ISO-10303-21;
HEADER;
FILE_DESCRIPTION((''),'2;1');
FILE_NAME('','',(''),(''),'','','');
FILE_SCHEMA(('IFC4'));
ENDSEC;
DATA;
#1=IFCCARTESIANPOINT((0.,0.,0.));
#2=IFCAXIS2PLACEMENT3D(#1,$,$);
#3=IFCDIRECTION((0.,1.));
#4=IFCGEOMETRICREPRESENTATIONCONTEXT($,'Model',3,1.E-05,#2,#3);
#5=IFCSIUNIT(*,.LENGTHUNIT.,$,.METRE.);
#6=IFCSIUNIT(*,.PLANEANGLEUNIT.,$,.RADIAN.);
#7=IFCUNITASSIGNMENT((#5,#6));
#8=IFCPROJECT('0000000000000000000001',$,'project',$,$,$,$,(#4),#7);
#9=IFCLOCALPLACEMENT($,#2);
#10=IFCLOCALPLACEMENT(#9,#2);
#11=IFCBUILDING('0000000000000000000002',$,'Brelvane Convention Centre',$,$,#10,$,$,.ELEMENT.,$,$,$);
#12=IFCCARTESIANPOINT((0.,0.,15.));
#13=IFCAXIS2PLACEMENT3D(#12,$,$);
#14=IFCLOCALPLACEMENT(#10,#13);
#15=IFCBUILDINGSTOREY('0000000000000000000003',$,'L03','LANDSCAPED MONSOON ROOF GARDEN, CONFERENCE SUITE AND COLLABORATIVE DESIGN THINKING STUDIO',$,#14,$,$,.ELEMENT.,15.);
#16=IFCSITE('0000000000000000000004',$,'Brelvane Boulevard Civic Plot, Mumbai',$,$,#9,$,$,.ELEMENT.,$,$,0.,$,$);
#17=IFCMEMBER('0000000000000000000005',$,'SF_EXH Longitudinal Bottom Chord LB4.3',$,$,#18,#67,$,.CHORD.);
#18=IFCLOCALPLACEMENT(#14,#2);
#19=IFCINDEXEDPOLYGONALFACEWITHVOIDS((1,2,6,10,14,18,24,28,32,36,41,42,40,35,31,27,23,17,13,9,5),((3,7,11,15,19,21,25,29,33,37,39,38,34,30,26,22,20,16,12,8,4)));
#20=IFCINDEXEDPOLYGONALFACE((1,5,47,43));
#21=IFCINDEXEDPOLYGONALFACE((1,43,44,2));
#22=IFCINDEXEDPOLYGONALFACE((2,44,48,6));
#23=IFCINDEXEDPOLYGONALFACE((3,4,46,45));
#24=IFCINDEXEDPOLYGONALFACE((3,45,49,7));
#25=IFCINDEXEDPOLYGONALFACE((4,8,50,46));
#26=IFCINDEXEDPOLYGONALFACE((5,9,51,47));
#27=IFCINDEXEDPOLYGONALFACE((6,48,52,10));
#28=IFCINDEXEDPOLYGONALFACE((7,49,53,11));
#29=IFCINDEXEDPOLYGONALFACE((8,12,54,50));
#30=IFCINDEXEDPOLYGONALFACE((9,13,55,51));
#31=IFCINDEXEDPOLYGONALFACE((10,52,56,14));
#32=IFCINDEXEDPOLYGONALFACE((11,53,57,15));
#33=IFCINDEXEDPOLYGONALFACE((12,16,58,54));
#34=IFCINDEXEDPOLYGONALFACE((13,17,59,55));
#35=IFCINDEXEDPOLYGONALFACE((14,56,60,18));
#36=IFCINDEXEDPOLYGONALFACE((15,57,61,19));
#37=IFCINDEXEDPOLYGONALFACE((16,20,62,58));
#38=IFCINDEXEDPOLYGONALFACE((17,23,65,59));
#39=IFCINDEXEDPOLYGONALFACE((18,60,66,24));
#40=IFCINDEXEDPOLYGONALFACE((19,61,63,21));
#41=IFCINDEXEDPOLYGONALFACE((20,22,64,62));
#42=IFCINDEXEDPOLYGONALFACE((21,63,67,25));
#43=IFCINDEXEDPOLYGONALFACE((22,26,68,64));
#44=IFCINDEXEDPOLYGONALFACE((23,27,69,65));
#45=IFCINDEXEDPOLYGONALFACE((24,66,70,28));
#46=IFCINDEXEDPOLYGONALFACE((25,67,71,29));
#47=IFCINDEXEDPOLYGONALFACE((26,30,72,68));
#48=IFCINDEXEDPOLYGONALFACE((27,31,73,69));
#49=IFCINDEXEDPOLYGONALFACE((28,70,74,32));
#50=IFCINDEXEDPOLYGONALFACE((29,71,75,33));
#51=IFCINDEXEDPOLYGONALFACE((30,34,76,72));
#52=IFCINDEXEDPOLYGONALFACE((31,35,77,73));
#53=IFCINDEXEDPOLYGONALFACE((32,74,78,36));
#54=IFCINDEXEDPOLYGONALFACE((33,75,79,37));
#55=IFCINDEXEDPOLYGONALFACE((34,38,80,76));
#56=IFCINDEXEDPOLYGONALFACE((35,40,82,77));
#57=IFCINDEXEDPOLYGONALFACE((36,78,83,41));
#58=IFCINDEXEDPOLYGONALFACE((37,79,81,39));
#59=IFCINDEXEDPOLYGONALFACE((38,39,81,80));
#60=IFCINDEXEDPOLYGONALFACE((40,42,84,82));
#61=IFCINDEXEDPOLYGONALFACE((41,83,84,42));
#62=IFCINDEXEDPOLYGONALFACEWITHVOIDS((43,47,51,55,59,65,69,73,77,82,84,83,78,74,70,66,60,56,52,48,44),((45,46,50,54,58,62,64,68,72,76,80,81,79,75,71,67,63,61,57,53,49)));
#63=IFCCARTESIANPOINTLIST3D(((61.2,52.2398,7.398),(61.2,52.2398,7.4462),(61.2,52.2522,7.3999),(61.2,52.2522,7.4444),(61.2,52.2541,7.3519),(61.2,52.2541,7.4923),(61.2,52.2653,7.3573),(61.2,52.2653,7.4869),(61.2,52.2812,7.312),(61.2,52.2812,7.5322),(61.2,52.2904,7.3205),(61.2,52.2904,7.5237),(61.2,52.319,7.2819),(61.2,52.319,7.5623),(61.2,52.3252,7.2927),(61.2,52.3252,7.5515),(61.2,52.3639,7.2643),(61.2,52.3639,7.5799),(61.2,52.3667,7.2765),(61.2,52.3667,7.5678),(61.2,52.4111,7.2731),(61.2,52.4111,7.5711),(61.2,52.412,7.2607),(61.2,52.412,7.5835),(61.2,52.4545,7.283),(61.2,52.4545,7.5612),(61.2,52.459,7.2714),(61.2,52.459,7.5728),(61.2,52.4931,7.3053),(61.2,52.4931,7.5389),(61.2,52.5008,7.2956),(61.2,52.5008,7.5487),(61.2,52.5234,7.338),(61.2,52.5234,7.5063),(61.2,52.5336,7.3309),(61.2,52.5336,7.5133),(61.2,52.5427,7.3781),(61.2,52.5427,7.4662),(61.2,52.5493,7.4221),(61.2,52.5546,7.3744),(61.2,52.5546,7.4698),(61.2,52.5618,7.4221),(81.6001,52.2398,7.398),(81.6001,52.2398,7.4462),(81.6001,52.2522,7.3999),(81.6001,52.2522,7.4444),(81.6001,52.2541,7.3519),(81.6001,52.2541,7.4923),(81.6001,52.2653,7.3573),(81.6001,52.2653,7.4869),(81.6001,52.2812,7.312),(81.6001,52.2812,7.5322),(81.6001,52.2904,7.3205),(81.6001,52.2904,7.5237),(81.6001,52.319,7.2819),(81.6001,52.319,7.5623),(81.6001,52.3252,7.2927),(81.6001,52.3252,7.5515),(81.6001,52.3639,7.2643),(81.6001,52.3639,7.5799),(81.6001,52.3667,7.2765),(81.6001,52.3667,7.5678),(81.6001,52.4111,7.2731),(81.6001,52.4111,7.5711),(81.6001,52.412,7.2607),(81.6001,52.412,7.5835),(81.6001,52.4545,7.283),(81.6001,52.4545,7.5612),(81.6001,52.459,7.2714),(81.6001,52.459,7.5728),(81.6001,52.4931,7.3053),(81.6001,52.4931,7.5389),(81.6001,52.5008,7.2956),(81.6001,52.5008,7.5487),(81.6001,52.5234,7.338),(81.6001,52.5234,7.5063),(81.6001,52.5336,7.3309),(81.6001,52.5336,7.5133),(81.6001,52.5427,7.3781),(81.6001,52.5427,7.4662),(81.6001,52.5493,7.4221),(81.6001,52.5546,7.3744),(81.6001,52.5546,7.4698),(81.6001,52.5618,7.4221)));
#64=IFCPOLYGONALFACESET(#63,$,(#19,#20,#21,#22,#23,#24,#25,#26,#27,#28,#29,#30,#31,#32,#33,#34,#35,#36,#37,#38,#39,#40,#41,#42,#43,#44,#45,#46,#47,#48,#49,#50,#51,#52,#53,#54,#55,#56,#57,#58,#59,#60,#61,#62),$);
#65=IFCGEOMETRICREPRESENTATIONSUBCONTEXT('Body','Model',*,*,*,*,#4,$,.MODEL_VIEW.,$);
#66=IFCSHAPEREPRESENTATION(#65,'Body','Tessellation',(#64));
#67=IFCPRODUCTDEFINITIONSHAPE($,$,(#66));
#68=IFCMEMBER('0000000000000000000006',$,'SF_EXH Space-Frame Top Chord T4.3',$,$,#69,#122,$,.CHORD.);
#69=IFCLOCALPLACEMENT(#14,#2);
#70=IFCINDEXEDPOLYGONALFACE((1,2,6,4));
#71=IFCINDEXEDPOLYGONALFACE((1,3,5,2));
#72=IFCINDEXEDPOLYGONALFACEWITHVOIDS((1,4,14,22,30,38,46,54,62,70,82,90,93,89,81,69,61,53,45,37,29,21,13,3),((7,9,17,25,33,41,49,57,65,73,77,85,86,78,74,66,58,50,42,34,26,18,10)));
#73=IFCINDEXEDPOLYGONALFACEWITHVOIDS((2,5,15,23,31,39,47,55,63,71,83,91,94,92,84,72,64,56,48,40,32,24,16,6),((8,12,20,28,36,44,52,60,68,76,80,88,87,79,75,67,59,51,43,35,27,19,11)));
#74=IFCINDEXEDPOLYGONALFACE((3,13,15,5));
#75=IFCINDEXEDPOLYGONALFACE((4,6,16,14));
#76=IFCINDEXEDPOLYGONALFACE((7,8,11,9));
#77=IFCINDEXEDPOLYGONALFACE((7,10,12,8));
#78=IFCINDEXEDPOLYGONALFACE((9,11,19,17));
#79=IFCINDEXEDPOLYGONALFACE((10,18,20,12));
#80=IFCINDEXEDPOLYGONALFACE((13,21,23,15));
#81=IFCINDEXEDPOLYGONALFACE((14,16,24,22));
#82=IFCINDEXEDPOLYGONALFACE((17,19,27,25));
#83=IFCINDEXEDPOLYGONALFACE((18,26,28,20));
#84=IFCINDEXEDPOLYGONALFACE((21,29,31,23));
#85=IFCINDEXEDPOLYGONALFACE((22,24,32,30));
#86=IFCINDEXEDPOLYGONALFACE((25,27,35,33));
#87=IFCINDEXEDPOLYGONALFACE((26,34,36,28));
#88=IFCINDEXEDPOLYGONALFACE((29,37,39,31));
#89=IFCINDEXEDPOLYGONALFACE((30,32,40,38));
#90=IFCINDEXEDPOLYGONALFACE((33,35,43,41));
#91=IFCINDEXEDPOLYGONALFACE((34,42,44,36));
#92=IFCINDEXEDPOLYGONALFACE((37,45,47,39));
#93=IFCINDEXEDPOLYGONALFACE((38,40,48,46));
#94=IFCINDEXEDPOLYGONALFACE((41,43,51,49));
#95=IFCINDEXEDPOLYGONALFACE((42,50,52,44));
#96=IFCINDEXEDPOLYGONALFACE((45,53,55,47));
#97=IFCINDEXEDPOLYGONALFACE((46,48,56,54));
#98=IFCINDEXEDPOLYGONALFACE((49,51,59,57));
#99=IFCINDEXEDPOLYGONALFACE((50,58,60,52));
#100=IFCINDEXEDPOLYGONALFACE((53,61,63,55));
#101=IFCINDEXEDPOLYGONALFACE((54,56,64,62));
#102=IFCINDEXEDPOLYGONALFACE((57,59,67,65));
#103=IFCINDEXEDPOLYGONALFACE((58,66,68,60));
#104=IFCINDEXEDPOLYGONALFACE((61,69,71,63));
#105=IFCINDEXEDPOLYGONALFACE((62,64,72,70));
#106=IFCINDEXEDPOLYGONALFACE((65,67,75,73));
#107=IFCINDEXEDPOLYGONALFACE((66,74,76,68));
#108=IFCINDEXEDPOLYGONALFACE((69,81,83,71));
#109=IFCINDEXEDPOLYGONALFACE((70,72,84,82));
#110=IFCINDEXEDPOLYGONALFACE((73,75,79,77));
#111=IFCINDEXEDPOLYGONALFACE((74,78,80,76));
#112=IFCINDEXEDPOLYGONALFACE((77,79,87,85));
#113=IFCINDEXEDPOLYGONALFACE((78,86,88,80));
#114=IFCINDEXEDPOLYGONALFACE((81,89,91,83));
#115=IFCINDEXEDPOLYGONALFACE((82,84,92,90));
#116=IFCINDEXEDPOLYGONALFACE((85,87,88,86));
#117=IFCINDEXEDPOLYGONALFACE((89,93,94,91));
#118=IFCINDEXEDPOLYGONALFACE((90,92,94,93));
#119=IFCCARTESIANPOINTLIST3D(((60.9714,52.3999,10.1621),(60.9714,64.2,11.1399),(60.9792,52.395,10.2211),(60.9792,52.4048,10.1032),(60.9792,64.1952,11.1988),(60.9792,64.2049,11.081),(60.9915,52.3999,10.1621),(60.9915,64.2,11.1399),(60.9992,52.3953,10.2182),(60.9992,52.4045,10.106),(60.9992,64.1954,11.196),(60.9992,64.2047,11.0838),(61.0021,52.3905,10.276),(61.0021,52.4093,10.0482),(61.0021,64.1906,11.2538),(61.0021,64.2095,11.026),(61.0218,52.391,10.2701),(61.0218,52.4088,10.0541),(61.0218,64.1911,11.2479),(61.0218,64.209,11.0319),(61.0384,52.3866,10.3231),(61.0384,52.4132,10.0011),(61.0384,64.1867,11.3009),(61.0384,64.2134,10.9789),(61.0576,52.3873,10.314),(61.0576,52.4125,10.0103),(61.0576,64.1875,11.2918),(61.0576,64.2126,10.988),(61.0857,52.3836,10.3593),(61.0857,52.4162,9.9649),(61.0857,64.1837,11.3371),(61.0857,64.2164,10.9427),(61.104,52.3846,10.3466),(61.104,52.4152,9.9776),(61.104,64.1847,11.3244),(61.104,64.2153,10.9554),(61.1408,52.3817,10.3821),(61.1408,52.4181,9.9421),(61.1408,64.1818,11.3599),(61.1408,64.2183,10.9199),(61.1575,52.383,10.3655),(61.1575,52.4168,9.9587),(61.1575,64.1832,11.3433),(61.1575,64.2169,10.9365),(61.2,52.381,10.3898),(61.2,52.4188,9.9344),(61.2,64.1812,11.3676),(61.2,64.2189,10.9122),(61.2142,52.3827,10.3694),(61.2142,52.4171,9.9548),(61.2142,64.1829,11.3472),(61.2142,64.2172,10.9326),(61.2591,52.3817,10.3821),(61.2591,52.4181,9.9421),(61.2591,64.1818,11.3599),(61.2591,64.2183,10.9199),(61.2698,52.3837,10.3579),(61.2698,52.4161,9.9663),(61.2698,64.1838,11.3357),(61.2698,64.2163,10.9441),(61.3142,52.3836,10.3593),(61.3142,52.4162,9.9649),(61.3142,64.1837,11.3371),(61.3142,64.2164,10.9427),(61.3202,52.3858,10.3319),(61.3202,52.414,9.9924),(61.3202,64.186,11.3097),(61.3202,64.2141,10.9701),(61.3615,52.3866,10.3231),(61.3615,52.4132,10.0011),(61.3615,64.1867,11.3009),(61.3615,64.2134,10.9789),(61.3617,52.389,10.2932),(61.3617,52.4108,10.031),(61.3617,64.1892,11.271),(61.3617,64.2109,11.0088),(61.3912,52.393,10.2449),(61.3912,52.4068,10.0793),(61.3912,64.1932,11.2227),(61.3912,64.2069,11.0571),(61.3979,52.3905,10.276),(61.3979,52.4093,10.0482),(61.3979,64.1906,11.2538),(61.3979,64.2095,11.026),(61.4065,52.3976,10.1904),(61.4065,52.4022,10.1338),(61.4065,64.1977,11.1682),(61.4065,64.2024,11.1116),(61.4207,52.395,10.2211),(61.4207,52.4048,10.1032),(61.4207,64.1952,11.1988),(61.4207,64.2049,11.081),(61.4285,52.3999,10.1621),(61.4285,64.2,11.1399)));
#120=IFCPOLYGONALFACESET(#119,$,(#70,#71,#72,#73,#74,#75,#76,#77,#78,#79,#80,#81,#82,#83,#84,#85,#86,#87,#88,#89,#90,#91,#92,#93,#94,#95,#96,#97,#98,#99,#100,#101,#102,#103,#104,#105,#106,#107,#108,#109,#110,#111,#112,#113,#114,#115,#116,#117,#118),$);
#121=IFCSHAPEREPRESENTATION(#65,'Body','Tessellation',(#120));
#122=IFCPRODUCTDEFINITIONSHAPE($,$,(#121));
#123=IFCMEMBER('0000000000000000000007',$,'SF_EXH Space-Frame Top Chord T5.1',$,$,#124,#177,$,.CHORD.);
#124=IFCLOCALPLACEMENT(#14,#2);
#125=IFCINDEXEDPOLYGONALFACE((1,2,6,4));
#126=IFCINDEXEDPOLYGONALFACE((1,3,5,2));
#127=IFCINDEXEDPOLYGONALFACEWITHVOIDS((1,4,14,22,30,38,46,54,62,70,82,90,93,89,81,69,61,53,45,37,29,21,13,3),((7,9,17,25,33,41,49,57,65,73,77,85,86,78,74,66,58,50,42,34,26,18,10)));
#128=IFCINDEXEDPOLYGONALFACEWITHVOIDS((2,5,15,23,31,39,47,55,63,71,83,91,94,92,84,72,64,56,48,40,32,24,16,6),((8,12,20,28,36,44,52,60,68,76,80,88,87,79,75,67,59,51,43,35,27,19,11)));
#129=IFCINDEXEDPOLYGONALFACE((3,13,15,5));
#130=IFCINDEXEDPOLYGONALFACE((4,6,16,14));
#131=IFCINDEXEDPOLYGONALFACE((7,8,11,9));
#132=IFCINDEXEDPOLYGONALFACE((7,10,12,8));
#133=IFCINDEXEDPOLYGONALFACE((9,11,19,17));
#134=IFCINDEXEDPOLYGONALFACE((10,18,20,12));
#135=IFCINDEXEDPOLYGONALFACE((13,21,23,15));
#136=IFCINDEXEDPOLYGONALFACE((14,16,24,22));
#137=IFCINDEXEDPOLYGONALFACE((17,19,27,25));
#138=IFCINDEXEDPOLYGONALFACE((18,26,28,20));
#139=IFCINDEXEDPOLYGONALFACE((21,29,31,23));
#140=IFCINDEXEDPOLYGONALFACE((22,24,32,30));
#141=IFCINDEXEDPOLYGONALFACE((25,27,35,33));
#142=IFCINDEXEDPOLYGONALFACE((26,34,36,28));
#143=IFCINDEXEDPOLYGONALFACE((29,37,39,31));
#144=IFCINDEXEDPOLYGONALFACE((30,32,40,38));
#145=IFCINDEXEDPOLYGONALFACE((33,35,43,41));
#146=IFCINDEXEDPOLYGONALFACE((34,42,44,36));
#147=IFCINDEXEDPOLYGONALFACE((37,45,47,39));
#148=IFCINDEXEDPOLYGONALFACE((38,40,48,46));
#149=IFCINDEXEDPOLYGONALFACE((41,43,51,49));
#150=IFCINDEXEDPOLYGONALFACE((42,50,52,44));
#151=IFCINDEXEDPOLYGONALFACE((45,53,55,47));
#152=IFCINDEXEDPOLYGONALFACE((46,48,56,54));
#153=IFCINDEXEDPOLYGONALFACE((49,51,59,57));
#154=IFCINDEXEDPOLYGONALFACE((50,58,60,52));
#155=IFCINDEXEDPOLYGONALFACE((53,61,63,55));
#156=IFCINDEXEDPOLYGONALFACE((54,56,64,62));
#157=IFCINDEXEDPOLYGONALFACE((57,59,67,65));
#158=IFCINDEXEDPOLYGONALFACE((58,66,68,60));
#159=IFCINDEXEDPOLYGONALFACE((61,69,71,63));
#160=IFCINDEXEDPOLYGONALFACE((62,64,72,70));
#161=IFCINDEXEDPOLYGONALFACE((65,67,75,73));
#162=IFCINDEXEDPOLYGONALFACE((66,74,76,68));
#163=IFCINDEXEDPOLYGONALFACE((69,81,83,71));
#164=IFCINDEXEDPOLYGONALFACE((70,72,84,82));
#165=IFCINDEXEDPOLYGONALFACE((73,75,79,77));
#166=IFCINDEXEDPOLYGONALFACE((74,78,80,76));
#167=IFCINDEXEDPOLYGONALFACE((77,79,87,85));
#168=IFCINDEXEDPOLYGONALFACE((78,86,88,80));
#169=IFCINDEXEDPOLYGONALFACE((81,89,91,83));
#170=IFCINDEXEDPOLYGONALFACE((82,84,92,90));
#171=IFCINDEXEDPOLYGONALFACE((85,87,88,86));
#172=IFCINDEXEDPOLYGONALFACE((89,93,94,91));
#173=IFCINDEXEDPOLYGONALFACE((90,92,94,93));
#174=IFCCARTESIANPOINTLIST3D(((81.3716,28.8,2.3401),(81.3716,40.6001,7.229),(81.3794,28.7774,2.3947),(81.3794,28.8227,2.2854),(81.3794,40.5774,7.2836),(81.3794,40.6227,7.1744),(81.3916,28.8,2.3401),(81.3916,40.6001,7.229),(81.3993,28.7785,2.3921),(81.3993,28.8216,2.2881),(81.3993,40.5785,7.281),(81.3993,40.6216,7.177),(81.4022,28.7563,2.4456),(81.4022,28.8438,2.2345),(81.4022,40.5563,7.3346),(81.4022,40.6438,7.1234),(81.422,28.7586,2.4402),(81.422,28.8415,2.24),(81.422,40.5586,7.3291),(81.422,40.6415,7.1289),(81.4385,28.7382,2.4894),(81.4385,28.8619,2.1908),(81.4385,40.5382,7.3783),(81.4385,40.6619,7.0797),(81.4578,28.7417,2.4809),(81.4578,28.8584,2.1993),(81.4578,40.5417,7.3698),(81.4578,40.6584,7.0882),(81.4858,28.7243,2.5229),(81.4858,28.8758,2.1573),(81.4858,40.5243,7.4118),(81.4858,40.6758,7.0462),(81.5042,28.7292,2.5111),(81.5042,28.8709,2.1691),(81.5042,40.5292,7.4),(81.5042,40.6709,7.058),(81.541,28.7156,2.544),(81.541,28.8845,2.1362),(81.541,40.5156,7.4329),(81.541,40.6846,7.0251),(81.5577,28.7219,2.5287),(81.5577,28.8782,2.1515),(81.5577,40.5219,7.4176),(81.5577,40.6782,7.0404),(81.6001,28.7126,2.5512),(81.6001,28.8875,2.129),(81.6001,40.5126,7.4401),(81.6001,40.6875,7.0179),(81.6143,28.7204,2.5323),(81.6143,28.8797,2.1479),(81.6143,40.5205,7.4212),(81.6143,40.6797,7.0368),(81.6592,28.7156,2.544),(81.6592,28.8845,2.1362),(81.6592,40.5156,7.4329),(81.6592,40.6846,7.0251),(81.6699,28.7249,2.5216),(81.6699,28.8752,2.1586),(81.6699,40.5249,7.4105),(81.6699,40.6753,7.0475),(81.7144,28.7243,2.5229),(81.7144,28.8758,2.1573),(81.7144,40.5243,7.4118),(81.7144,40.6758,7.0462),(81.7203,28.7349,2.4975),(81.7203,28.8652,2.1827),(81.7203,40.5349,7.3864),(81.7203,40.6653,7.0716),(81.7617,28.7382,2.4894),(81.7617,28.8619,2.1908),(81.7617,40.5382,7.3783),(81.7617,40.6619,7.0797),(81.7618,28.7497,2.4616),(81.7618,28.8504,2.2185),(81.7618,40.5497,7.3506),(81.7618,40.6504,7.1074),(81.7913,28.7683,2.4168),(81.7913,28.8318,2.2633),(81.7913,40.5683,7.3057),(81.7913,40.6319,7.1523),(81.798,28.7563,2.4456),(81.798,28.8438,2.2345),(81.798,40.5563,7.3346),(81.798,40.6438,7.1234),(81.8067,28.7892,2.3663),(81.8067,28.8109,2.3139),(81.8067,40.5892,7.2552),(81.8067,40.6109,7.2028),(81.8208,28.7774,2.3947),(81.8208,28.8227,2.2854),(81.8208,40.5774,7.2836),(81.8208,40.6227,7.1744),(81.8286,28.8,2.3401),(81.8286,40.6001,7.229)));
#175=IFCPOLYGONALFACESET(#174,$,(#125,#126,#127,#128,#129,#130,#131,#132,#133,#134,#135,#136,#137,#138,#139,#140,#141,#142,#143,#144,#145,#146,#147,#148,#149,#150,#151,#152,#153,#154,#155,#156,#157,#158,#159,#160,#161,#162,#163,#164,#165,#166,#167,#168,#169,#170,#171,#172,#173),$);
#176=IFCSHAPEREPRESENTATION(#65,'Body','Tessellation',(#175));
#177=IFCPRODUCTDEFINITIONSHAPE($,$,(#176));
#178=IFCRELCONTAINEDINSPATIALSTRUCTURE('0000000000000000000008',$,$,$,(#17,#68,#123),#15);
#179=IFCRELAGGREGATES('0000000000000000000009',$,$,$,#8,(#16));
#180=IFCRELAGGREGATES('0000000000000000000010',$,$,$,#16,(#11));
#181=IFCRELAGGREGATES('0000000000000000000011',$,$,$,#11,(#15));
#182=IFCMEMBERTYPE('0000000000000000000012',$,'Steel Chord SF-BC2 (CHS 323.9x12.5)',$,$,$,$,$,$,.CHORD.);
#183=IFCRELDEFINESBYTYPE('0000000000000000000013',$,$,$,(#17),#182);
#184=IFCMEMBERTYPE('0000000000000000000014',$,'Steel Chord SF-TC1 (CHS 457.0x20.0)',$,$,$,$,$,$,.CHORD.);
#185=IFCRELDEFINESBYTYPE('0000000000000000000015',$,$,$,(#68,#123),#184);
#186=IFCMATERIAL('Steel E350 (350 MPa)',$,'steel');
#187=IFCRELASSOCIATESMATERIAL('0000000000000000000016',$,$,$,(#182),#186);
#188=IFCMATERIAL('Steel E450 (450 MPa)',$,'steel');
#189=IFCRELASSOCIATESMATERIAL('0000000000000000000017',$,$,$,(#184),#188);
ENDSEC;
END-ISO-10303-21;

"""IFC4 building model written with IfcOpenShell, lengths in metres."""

from ifc_helpers import new_model, si_unit, direction, frame, origin, origin_2d, place, context, subcontext, project, spatial, hollow_circle, extrude, material, material_profile, profile_set, type_object, element, save


model = new_model("IFC4")

# Units and contexts
model_context = context("Model", 3, precision=1e-05, world=origin(), true_north=direction((0.0, 1.0)))
body_context = subcontext(model_context, "Body", "Model", "MODEL_VIEW")
ifc_project = project(units=[si_unit("LENGTHUNIT", "METRE"), si_unit("PLANEANGLEUNIT", "RADIAN")], contexts=[model_context])

# Site, building, storey
site_placement = place(None, origin())
site = spatial("IfcSite", under=ifc_project, at=site_placement, Name="Brelvane Boulevard Civic Plot, Mumbai", CompositionType="ELEMENT", RefElevation=0.0)
building_placement = place(site_placement, origin())
building = spatial("IfcBuilding", under=site, at=building_placement, Name="Brelvane Convention Centre", CompositionType="ELEMENT")
storey_placement = place(building_placement, frame((0.0, 0.0, 15.0)))
storey = spatial("IfcBuildingStorey", under=building, at=storey_placement, Name="L03", Description="LANDSCAPED MONSOON ROOF GARDEN, CONFERENCE SUITE AND COLLABORATIVE DESIGN THINKING STUDIO", CompositionType="ELEMENT", Elevation=15.0)

# Members
ifc_material_1 = material(Name="Steel E350 (350 MPa)", Category="steel")
ifc_material_profile_1 = material_profile(ifc_material_1, hollow_circle(Radius=0.1619, WallThickness=0.0125, at=origin_2d()), Name="CHS 323.9x12.5")
ifc_profile_set_1 = profile_set([ifc_material_profile_1], Name="Steel E350 (350 MPa)")
member_type_1 = type_object("IfcMemberType", Name="Steel Chord SF-BC2 (CHS 323.9x12.5)", PredefinedType="CHORD", material=ifc_profile_set_1)
member_1_placement = place(storey_placement, frame((61.2, 52.3999, 7.4221), z_axis=(1.0, 0.0, 0.0), x_axis=(0.0, 1.0, 0.0)))
element("IfcMember", 1, at=member_1_placement, inside=storey, type_object=member_type_1, Name="SF_EXH Longitudinal Bottom Chord LB4.3", PredefinedType="CHORD", context=body_context, shape_type="SweptSolid", body=[
    extrude(hollow_circle(Radius=0.1619, WallThickness=0.0125, at=origin_2d()), origin(), (0.0, 0.0, 1.0), 20.4001),
])
ifc_material_2 = material(Name="Steel E450 (450 MPa)", Category="steel")
ifc_material_profile_2 = material_profile(ifc_material_2, hollow_circle(Radius=0.2285, WallThickness=0.02, at=origin_2d()), Name="CHS 457.0x20.0")
ifc_profile_set_2 = profile_set([ifc_material_profile_2], Name="Steel E450 (450 MPa)")
member_type_2 = type_object("IfcMemberType", Name="Steel Chord SF-TC1 (CHS 457.0x20.0)", PredefinedType="CHORD", material=ifc_profile_set_2)
member_2_placement = place(storey_placement, frame((61.2, 52.3999, 10.1621), z_axis=(0.0, 0.996584, 0.08258), x_axis=(-1.0, 0.0, 0.0)))
element("IfcMember", 2, at=member_2_placement, inside=storey, type_object=member_type_2, Name="SF_EXH Space-Frame Top Chord T4.3", PredefinedType="CHORD", context=body_context, shape_type="SweptSolid", body=[
    extrude(hollow_circle(Radius=0.2285, WallThickness=0.02, at=origin_2d()), origin(), (0.0, 0.0, 1.0), 11.8406),
])
member_3_placement = place(storey_placement, frame((81.6001, 28.8, 2.3401), z_axis=(0.0, 0.923847, 0.382762), x_axis=(-1.0, 0.0, 0.0)))
element("IfcMember", 3, at=member_3_placement, inside=storey, type_object=member_type_2, Name="SF_EXH Space-Frame Top Chord T5.1", PredefinedType="CHORD", context=body_context, shape_type="SweptSolid", body=[
    extrude(hollow_circle(Radius=0.2285, WallThickness=0.02, at=origin_2d()), origin(), (0.0, 0.0, 1.0), 12.7727),
])

save(model, "model.ifc")
